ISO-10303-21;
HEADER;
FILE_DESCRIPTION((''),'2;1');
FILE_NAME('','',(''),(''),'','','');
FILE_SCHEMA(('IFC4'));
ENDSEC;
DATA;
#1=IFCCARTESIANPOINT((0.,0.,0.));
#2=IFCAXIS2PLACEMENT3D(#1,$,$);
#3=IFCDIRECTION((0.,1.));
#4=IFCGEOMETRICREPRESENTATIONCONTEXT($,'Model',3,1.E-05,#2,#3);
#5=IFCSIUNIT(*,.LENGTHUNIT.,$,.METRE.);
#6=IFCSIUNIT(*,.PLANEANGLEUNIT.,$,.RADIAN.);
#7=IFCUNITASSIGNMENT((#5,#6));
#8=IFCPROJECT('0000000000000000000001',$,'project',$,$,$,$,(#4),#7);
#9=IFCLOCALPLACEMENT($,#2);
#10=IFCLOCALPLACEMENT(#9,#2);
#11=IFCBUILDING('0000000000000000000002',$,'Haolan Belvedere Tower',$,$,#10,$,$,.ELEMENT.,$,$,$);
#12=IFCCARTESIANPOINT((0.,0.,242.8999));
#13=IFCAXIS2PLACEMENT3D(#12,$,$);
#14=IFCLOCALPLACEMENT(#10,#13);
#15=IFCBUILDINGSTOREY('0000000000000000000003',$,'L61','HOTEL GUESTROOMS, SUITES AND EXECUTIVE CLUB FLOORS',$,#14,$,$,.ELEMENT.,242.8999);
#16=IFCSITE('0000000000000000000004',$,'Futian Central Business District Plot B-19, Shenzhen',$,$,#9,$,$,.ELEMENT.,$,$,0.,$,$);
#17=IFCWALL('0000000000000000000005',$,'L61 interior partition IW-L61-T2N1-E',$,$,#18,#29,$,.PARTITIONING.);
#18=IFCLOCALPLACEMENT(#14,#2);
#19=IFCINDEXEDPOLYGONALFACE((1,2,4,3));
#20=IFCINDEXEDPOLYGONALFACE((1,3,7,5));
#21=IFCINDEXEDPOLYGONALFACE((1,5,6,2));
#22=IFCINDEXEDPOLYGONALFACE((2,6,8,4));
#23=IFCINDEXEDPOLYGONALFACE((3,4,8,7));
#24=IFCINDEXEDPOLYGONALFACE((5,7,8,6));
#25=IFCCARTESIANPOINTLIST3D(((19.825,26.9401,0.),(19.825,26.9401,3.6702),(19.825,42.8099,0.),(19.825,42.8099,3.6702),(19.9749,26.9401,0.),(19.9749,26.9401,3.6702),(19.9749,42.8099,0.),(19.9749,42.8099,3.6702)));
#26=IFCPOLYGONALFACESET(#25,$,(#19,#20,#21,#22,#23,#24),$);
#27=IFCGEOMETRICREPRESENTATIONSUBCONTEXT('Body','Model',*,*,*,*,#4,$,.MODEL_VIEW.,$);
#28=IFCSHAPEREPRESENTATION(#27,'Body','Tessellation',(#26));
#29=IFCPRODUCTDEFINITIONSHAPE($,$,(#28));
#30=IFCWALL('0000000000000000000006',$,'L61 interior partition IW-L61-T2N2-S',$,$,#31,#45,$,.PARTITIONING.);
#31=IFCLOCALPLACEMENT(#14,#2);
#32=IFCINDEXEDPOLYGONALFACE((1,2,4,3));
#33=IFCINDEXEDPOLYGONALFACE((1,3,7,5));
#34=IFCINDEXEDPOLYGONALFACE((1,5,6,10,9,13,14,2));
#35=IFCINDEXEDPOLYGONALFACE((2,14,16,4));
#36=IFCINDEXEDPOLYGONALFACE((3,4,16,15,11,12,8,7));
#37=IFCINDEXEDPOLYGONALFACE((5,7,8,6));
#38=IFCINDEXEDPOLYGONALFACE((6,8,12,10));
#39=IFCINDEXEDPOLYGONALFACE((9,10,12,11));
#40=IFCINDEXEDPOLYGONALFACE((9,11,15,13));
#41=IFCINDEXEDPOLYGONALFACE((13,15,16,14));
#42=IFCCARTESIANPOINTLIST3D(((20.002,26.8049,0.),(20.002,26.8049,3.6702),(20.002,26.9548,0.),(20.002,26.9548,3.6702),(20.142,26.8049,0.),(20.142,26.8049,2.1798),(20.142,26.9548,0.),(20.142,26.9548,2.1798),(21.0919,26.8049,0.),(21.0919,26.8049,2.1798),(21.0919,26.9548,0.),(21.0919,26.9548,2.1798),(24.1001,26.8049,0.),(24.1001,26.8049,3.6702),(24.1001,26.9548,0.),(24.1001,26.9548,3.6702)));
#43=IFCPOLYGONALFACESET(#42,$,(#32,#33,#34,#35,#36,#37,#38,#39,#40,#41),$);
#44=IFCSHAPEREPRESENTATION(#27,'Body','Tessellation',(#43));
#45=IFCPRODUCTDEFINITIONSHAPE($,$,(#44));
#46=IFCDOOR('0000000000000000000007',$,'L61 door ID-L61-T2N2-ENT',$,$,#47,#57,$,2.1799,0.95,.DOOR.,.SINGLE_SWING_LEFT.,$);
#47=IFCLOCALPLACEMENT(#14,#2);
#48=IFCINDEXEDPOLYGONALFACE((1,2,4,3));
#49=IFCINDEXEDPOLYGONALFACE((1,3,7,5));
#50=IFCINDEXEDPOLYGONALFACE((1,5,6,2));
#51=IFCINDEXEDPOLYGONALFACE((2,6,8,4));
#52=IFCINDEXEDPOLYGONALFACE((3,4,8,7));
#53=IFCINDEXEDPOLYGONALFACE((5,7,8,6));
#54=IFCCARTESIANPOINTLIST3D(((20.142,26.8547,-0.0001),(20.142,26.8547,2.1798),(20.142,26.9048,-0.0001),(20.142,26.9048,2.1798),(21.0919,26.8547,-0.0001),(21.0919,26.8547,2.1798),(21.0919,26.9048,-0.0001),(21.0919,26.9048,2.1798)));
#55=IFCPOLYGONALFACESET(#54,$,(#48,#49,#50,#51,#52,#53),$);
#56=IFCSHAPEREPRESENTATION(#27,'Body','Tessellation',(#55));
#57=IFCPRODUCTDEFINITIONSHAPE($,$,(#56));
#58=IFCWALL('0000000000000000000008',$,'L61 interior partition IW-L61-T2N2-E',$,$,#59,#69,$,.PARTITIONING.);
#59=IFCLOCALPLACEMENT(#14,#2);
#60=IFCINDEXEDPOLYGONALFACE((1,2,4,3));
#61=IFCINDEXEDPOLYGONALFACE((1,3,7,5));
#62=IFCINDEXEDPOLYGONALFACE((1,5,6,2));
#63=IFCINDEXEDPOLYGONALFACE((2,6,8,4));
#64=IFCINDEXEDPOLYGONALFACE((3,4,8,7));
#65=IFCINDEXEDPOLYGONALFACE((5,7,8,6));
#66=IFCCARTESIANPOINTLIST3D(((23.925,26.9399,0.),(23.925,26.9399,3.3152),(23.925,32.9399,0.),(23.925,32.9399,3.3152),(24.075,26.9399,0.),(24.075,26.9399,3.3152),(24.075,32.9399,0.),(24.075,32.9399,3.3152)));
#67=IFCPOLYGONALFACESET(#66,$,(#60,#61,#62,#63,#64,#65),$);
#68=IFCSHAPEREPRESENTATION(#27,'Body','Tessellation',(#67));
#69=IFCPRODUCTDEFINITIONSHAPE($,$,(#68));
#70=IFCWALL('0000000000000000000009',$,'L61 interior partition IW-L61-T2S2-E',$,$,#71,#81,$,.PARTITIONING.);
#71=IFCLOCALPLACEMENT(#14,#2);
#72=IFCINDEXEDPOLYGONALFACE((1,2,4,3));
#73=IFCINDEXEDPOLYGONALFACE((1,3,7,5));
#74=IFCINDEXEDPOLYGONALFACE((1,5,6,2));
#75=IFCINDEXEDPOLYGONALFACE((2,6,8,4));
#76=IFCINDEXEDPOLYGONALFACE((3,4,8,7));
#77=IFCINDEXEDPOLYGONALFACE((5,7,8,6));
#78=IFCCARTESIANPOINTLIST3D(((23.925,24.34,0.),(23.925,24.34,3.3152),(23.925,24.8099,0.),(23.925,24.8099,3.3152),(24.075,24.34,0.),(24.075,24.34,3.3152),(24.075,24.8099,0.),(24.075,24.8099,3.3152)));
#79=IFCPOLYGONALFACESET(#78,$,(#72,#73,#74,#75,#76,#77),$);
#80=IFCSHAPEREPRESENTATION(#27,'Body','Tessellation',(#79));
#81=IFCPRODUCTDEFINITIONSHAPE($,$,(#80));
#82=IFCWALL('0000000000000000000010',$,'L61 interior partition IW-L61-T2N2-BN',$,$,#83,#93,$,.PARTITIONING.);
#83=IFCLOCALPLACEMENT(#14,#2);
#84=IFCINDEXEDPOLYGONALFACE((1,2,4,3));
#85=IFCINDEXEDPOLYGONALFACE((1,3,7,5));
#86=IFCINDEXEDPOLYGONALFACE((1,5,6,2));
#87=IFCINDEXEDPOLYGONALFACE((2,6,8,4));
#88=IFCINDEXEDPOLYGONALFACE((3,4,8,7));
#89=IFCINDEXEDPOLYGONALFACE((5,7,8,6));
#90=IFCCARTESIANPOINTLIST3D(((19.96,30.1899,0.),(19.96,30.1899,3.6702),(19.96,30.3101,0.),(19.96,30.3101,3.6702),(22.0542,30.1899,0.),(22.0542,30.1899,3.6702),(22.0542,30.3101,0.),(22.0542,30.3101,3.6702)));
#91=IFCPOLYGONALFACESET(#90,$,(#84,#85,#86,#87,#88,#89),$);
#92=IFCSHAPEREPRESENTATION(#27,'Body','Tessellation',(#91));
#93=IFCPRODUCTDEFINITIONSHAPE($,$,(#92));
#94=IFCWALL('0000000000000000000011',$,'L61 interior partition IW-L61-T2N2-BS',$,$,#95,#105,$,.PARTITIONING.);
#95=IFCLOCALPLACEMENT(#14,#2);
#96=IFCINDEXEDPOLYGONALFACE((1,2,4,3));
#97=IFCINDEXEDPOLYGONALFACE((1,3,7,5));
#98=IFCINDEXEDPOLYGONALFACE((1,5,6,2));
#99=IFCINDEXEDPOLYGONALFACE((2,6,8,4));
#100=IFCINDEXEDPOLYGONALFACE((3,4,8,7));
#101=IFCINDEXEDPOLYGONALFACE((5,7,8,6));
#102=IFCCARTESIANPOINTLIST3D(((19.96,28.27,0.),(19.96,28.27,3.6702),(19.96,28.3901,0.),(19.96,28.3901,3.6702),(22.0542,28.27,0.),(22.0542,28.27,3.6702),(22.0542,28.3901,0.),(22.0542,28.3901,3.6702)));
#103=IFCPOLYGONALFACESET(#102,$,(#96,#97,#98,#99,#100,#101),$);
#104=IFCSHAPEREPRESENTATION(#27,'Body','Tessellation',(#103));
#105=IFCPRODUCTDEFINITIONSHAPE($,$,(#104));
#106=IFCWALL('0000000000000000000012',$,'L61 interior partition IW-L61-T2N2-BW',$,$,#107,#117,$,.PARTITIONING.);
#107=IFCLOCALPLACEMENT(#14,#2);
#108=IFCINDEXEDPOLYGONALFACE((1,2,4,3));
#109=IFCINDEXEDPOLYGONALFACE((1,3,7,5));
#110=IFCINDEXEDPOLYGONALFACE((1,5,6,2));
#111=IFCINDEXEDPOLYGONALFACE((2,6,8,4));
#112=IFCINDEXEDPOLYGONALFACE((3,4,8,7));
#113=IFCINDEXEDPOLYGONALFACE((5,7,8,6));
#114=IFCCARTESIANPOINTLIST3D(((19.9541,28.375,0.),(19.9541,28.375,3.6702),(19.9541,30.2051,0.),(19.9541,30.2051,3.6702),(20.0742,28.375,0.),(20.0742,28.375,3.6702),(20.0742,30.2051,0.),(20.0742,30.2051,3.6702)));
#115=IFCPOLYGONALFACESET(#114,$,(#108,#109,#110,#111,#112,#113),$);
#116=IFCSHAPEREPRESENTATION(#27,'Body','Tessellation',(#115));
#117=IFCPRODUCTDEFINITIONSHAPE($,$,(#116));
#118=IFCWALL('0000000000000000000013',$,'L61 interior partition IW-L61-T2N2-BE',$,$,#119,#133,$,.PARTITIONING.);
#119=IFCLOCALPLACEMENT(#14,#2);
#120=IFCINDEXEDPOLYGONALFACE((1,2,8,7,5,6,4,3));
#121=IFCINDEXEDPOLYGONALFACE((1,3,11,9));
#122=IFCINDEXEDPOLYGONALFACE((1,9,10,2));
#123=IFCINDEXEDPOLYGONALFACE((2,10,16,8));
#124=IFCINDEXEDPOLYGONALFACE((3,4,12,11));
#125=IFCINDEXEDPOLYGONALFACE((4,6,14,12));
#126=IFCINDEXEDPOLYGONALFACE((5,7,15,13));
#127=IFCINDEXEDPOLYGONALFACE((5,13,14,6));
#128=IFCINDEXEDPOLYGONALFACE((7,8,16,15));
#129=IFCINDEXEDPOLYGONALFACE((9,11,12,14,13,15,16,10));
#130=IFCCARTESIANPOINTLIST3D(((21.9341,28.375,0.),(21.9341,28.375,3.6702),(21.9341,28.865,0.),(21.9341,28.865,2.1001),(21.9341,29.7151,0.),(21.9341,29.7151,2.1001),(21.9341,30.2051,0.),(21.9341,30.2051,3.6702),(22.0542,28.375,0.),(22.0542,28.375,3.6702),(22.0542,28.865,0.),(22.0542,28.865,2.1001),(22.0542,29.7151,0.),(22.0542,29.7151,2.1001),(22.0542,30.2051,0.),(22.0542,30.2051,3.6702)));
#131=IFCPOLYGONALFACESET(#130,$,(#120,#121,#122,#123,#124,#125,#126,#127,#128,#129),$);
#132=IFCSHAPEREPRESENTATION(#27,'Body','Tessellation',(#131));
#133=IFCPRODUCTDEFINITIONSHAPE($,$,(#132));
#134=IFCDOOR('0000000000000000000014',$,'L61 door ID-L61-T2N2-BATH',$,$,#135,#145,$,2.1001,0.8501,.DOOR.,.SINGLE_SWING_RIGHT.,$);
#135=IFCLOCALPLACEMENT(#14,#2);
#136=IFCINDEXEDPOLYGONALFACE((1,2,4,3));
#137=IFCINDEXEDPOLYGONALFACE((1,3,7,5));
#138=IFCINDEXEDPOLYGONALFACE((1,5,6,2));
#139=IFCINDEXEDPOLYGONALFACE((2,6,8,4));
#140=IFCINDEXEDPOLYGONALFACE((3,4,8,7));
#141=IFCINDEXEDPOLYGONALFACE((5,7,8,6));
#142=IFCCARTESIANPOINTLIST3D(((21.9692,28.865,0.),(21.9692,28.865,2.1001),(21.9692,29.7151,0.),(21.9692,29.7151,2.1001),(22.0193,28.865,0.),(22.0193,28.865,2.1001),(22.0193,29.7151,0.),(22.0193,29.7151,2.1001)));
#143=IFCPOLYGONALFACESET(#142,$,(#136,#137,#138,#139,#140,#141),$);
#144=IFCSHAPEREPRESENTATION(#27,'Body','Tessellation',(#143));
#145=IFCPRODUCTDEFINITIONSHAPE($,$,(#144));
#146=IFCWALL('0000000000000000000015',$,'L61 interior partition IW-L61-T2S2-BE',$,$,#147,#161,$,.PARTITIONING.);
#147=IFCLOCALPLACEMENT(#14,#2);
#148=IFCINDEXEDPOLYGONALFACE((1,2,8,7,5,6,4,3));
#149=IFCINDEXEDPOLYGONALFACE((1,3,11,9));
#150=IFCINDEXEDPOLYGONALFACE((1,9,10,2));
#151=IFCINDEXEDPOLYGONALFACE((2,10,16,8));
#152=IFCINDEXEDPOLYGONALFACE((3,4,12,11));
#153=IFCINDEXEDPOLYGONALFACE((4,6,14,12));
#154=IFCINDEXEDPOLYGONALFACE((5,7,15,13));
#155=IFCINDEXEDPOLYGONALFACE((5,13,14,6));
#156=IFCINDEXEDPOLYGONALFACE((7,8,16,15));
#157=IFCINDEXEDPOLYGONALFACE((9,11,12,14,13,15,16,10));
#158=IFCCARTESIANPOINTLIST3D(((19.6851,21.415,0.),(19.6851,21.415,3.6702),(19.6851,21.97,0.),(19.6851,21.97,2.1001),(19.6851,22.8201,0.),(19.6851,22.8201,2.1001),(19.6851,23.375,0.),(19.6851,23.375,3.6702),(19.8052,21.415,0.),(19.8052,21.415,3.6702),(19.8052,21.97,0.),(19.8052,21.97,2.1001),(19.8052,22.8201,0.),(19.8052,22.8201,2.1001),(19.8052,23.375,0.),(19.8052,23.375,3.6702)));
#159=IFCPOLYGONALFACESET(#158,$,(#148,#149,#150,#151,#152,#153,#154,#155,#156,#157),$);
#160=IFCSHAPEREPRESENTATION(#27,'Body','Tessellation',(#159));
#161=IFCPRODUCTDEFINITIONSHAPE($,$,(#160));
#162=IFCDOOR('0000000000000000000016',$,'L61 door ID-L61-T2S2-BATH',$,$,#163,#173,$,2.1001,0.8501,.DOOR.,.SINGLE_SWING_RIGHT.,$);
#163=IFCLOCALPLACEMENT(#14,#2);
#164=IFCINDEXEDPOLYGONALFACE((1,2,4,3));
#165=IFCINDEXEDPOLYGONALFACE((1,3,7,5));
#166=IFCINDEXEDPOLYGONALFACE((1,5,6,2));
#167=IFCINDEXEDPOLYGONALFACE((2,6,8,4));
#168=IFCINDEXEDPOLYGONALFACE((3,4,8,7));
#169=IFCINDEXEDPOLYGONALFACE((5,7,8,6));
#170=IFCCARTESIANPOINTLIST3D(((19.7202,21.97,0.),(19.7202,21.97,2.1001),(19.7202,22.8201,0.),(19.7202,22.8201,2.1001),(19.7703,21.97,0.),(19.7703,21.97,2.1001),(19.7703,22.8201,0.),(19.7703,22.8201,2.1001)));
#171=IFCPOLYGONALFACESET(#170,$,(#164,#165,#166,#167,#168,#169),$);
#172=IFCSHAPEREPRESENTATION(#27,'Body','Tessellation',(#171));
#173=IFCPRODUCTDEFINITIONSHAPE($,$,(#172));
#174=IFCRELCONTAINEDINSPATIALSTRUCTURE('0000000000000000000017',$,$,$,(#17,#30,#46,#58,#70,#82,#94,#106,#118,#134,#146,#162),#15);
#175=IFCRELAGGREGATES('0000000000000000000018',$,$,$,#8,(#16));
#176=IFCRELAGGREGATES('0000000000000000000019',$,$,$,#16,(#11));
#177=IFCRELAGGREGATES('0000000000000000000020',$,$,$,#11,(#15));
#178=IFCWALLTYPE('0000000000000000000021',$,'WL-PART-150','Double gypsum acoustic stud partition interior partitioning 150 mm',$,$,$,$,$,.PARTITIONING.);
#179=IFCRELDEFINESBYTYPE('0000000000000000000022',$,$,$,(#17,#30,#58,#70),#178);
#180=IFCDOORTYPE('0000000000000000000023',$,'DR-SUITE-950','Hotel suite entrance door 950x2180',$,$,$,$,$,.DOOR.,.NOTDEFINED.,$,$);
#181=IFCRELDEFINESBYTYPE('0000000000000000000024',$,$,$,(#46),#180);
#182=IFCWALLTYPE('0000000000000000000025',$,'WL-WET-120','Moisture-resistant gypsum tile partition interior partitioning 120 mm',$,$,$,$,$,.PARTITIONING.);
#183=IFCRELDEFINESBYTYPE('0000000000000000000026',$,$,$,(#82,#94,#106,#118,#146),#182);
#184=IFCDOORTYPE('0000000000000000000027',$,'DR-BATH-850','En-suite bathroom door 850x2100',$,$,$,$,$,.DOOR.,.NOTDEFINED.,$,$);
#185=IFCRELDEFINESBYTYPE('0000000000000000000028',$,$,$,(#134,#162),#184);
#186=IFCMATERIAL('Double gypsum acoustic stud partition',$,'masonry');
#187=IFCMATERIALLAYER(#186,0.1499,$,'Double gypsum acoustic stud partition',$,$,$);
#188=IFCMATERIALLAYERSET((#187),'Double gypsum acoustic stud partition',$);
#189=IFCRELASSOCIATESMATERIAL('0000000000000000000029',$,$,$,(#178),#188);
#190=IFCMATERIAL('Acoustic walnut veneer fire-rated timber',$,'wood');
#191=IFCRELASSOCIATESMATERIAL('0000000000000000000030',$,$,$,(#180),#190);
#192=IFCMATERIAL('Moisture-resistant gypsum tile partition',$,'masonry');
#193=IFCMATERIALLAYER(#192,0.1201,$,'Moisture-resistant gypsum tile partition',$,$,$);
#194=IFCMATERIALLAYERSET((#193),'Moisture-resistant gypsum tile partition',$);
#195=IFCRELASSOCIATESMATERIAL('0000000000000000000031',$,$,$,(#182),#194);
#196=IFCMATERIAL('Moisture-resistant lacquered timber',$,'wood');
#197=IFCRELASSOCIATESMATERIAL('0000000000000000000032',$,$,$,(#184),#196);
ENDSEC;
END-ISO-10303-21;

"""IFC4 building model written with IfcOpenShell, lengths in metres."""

from ifc_helpers import new_model, si_unit, direction, frame, frame_2d, origin, place, context, subcontext, project, spatial, rectangle, extrude, material, layer, layer_set, type_object, element, fill, save


model = new_model("IFC4")

# Units and contexts
model_context = context("Model", 3, precision=1e-05, world=origin(), true_north=direction((0.0, 1.0)))
body_context = subcontext(model_context, "Body", "Model", "MODEL_VIEW")
ifc_project = project(units=[si_unit("LENGTHUNIT", "METRE"), si_unit("PLANEANGLEUNIT", "RADIAN")], contexts=[model_context])

# Site, building, storey
site_placement = place(None, origin())
site = spatial("IfcSite", under=ifc_project, at=site_placement, Name="Futian Central Business District Plot B-19, Shenzhen", CompositionType="ELEMENT", RefElevation=0.0)
building_placement = place(site_placement, origin())
building = spatial("IfcBuilding", under=site, at=building_placement, Name="Haolan Belvedere Tower", CompositionType="ELEMENT")
storey_placement = place(building_placement, frame((0.0, 0.0, 242.8999)))
storey = spatial("IfcBuildingStorey", under=building, at=storey_placement, Name="L61", Description="HOTEL GUESTROOMS, SUITES AND EXECUTIVE CLUB FLOORS", CompositionType="ELEMENT", Elevation=242.8999)

# Shared definitions
ifc_material_1 = material(Name="Double gypsum acoustic stud partition", Category="masonry")
ifc_layer_1 = layer(ifc_material_1, 0.1499, Name="Double gypsum acoustic stud partition")
ifc_layer_set_1 = layer_set([ifc_layer_1], Name="Double gypsum acoustic stud partition")
wall_type_1 = type_object("IfcWallType", Name="WL-PART-150", Description="Double gypsum acoustic stud partition interior partitioning 150 mm", PredefinedType="PARTITIONING", material=ifc_layer_set_1)

# Wall
wall_1_placement = place(storey_placement, frame((19.8999, 26.9399, 0.0), z_axis=(0.0, 0.0, 1.0), x_axis=(0.0, 1.0, 0.0)))
element("IfcWall", 1, at=wall_1_placement, inside=storey, type_object=wall_type_1, Name="L61 interior partition IW-L61-T2N1-E", PredefinedType="PARTITIONING", context=body_context, shape_type="SweptSolid", body=[
    extrude(rectangle(XDim=15.8699, YDim=0.1499, at=frame_2d((7.9351, 0.0))), origin(), (0.0, 0.0, 1.0), 3.6702),
])

# Wall, opening, door
wall_2_placement = place(storey_placement, frame((20.002, 26.8799, 0.0), z_axis=(0.0, 0.0, 1.0), x_axis=(1.0, 0.0, 0.0)))
wall_2 = element("IfcWall", 2, at=wall_2_placement, inside=storey, type_object=wall_type_1, Name="L61 interior partition IW-L61-T2N2-S", PredefinedType="PARTITIONING", context=body_context, shape_type="SweptSolid", body=[
    extrude(rectangle(XDim=4.0981, YDim=0.1499, at=frame_2d((2.0491, 0.0))), origin(), (0.0, 0.0, 1.0), 3.6702),
])
opening_1_placement = place(wall_2_placement, frame((0.1399, 0.0, 0.0)))
opening_1 = element("IfcOpeningElement", 3, at=opening_1_placement, cuts=wall_2, PredefinedType="OPENING", context=body_context, shape_type="SweptSolid", body=[
    extrude(rectangle(XDim=0.95, YDim=2.1799, at=frame_2d((0.4751, 1.0898))), frame((0.0, 0.085, 0.0), z_axis=(0.0, -1.0, 0.0), x_axis=(1.0, 0.0, 0.0)), (0.0, 0.0, 1.0), 0.1699),
])
ifc_material_2 = material(Name="Acoustic walnut veneer fire-rated timber", Category="wood")
door_type_1 = type_object("IfcDoorType", Name="DR-SUITE-950", Description="Hotel suite entrance door 950x2180", OperationType="NOTDEFINED", PredefinedType="DOOR", material=ifc_material_2)
door_1_placement = place(opening_1_placement, origin())
door_1 = element("IfcDoor", 4, at=door_1_placement, inside=storey, type_object=door_type_1, Name="L61 door ID-L61-T2N2-ENT", OperationType="SINGLE_SWING_LEFT", OverallHeight=2.1799, OverallWidth=0.95, PredefinedType="DOOR", context=body_context, shape_type="SweptSolid", body=[
    extrude(rectangle(XDim=0.95, YDim=2.1799, at=frame_2d((0.4751, 1.0898))), frame((0.0, 0.0249, 0.0), z_axis=(0.0, -1.0, 0.0), x_axis=(1.0, 0.0, 0.0)), (0.0, 0.0, 1.0), 0.05),
])
fill(opening_1, door_1)

# Walls
wall_3_placement = place(storey_placement, frame((24.0, 26.9399, 0.0), z_axis=(0.0, 0.0, 1.0), x_axis=(0.0, 1.0, 0.0)))
element("IfcWall", 5, at=wall_3_placement, inside=storey, type_object=wall_type_1, Name="L61 interior partition IW-L61-T2N2-E", PredefinedType="PARTITIONING", context=body_context, shape_type="SweptSolid", body=[
    extrude(rectangle(XDim=6.0, YDim=0.1499, at=frame_2d((3.0, 0.0))), origin(), (0.0, 0.0, 1.0), 3.3152),
])
wall_4_placement = place(storey_placement, frame((24.0, 24.3401, 0.0), z_axis=(0.0, 0.0, 1.0), x_axis=(0.0, 1.0, 0.0)))
element("IfcWall", 6, at=wall_4_placement, inside=storey, type_object=wall_type_1, Name="L61 interior partition IW-L61-T2S2-E", PredefinedType="PARTITIONING", context=body_context, shape_type="SweptSolid", body=[
    extrude(rectangle(XDim=0.47, YDim=0.1499, at=frame_2d((0.2349, 0.0))), origin(), (0.0, 0.0, 1.0), 3.3152),
])
ifc_material_3 = material(Name="Moisture-resistant gypsum tile partition", Category="masonry")
ifc_layer_2 = layer(ifc_material_3, 0.1201, Name="Moisture-resistant gypsum tile partition")
ifc_layer_set_2 = layer_set([ifc_layer_2], Name="Moisture-resistant gypsum tile partition")
wall_type_2 = type_object("IfcWallType", Name="WL-WET-120", Description="Moisture-resistant gypsum tile partition interior partitioning 120 mm", PredefinedType="PARTITIONING", material=ifc_layer_set_2)
for number, where, z_axis, x_axis, name in (
    (7, (19.96, 30.25, 0.0), (0.0, 0.0, 1.0), (1.0, 0.0, 0.0), "L61 interior partition IW-L61-T2N2-BN"),
    (8, (19.96, 28.3301, 0.0), (0.0, 0.0, 1.0), (1.0, 0.0, 0.0), "L61 interior partition IW-L61-T2N2-BS"),
):
    element("IfcWall", number, at=place(storey_placement, frame(where, z_axis=z_axis, x_axis=x_axis)), inside=storey, type_object=wall_type_2, Name=name, PredefinedType="PARTITIONING", context=body_context, shape_type="SweptSolid", body=[
        extrude(rectangle(XDim=2.0942, YDim=0.1201, at=frame_2d((1.0471, 0.0))), origin(), (0.0, 0.0, 1.0), 3.6702),
    ])
wall_5_placement = place(storey_placement, frame((20.0142, 28.375, 0.0), z_axis=(0.0, 0.0, 1.0), x_axis=(0.0, 1.0, 0.0)))
element("IfcWall", 9, at=wall_5_placement, inside=storey, type_object=wall_type_2, Name="L61 interior partition IW-L61-T2N2-BW", PredefinedType="PARTITIONING", context=body_context, shape_type="SweptSolid", body=[
    extrude(rectangle(XDim=1.8301, YDim=0.1201, at=frame_2d((0.915, 0.0))), origin(), (0.0, 0.0, 1.0), 3.6702),
])

# Walls, openings, doors
wall_6_placement = place(storey_placement, frame((21.9941, 28.375, 0.0), z_axis=(0.0, 0.0, 1.0), x_axis=(0.0, 1.0, 0.0)))
wall_6 = element("IfcWall", 10, at=wall_6_placement, inside=storey, type_object=wall_type_2, Name="L61 interior partition IW-L61-T2N2-BE", PredefinedType="PARTITIONING", context=body_context, shape_type="SweptSolid", body=[
    extrude(rectangle(XDim=1.8301, YDim=0.1201, at=frame_2d((0.915, 0.0))), origin(), (0.0, 0.0, 1.0), 3.6702),
])
opening_2_placement = place(wall_6_placement, frame((0.49, 0.0, 0.0)))
opening_2 = element("IfcOpeningElement", 11, at=opening_2_placement, cuts=wall_6, PredefinedType="OPENING", context=body_context, shape_type="SweptSolid", body=[
    extrude(rectangle(XDim=0.8501, YDim=2.1001, at=frame_2d((0.425, 1.05))), frame((0.0, 0.0701, 0.0), z_axis=(0.0, -1.0, 0.0), x_axis=(1.0, 0.0, 0.0)), (0.0, 0.0, 1.0), 0.1401),
])
ifc_material_4 = material(Name="Moisture-resistant lacquered timber", Category="wood")
door_type_2 = type_object("IfcDoorType", Name="DR-BATH-850", Description="En-suite bathroom door 850x2100", OperationType="NOTDEFINED", PredefinedType="DOOR", material=ifc_material_4)
door_2_placement = place(opening_2_placement, origin())
door_2 = element("IfcDoor", 12, at=door_2_placement, inside=storey, type_object=door_type_2, Name="L61 door ID-L61-T2N2-BATH", OperationType="SINGLE_SWING_RIGHT", OverallHeight=2.1001, OverallWidth=0.8501, PredefinedType="DOOR", context=body_context, shape_type="SweptSolid", body=[
    extrude(rectangle(XDim=0.8501, YDim=2.1001, at=frame_2d((0.425, 1.05))), frame((0.0, 0.0249, 0.0), z_axis=(0.0, -1.0, 0.0), x_axis=(1.0, 0.0, 0.0)), (0.0, 0.0, 1.0), 0.05),
])
fill(opening_2, door_2)
wall_7_placement = place(storey_placement, frame((19.7451, 21.415, 0.0), z_axis=(0.0, 0.0, 1.0), x_axis=(0.0, 1.0, 0.0)))
wall_7 = element("IfcWall", 13, at=wall_7_placement, inside=storey, type_object=wall_type_2, Name="L61 interior partition IW-L61-T2S2-BE", PredefinedType="PARTITIONING", context=body_context, shape_type="SweptSolid", body=[
    extrude(rectangle(XDim=1.96, YDim=0.1201, at=frame_2d((0.98, 0.0))), origin(), (0.0, 0.0, 1.0), 3.6702),
])
opening_3_placement = place(wall_7_placement, frame((0.5549, 0.0, 0.0)))
opening_3 = element("IfcOpeningElement", 14, at=opening_3_placement, cuts=wall_7, PredefinedType="OPENING", context=body_context, shape_type="SweptSolid", body=[
    extrude(rectangle(XDim=0.8501, YDim=2.1001, at=frame_2d((0.425, 1.05))), frame((0.0, 0.0701, 0.0), z_axis=(0.0, -1.0, 0.0), x_axis=(1.0, 0.0, 0.0)), (0.0, 0.0, 1.0), 0.1401),
])
door_3_placement = place(opening_3_placement, origin())
door_3 = element("IfcDoor", 15, at=door_3_placement, inside=storey, type_object=door_type_2, Name="L61 door ID-L61-T2S2-BATH", OperationType="SINGLE_SWING_RIGHT", OverallHeight=2.1001, OverallWidth=0.8501, PredefinedType="DOOR", context=body_context, shape_type="SweptSolid", body=[
    extrude(rectangle(XDim=0.8501, YDim=2.1001, at=frame_2d((0.425, 1.05))), frame((0.0, 0.0249, 0.0), z_axis=(0.0, -1.0, 0.0), x_axis=(1.0, 0.0, 0.0)), (0.0, 0.0, 1.0), 0.05),
])
fill(opening_3, door_3)

save(model, "model.ifc")
